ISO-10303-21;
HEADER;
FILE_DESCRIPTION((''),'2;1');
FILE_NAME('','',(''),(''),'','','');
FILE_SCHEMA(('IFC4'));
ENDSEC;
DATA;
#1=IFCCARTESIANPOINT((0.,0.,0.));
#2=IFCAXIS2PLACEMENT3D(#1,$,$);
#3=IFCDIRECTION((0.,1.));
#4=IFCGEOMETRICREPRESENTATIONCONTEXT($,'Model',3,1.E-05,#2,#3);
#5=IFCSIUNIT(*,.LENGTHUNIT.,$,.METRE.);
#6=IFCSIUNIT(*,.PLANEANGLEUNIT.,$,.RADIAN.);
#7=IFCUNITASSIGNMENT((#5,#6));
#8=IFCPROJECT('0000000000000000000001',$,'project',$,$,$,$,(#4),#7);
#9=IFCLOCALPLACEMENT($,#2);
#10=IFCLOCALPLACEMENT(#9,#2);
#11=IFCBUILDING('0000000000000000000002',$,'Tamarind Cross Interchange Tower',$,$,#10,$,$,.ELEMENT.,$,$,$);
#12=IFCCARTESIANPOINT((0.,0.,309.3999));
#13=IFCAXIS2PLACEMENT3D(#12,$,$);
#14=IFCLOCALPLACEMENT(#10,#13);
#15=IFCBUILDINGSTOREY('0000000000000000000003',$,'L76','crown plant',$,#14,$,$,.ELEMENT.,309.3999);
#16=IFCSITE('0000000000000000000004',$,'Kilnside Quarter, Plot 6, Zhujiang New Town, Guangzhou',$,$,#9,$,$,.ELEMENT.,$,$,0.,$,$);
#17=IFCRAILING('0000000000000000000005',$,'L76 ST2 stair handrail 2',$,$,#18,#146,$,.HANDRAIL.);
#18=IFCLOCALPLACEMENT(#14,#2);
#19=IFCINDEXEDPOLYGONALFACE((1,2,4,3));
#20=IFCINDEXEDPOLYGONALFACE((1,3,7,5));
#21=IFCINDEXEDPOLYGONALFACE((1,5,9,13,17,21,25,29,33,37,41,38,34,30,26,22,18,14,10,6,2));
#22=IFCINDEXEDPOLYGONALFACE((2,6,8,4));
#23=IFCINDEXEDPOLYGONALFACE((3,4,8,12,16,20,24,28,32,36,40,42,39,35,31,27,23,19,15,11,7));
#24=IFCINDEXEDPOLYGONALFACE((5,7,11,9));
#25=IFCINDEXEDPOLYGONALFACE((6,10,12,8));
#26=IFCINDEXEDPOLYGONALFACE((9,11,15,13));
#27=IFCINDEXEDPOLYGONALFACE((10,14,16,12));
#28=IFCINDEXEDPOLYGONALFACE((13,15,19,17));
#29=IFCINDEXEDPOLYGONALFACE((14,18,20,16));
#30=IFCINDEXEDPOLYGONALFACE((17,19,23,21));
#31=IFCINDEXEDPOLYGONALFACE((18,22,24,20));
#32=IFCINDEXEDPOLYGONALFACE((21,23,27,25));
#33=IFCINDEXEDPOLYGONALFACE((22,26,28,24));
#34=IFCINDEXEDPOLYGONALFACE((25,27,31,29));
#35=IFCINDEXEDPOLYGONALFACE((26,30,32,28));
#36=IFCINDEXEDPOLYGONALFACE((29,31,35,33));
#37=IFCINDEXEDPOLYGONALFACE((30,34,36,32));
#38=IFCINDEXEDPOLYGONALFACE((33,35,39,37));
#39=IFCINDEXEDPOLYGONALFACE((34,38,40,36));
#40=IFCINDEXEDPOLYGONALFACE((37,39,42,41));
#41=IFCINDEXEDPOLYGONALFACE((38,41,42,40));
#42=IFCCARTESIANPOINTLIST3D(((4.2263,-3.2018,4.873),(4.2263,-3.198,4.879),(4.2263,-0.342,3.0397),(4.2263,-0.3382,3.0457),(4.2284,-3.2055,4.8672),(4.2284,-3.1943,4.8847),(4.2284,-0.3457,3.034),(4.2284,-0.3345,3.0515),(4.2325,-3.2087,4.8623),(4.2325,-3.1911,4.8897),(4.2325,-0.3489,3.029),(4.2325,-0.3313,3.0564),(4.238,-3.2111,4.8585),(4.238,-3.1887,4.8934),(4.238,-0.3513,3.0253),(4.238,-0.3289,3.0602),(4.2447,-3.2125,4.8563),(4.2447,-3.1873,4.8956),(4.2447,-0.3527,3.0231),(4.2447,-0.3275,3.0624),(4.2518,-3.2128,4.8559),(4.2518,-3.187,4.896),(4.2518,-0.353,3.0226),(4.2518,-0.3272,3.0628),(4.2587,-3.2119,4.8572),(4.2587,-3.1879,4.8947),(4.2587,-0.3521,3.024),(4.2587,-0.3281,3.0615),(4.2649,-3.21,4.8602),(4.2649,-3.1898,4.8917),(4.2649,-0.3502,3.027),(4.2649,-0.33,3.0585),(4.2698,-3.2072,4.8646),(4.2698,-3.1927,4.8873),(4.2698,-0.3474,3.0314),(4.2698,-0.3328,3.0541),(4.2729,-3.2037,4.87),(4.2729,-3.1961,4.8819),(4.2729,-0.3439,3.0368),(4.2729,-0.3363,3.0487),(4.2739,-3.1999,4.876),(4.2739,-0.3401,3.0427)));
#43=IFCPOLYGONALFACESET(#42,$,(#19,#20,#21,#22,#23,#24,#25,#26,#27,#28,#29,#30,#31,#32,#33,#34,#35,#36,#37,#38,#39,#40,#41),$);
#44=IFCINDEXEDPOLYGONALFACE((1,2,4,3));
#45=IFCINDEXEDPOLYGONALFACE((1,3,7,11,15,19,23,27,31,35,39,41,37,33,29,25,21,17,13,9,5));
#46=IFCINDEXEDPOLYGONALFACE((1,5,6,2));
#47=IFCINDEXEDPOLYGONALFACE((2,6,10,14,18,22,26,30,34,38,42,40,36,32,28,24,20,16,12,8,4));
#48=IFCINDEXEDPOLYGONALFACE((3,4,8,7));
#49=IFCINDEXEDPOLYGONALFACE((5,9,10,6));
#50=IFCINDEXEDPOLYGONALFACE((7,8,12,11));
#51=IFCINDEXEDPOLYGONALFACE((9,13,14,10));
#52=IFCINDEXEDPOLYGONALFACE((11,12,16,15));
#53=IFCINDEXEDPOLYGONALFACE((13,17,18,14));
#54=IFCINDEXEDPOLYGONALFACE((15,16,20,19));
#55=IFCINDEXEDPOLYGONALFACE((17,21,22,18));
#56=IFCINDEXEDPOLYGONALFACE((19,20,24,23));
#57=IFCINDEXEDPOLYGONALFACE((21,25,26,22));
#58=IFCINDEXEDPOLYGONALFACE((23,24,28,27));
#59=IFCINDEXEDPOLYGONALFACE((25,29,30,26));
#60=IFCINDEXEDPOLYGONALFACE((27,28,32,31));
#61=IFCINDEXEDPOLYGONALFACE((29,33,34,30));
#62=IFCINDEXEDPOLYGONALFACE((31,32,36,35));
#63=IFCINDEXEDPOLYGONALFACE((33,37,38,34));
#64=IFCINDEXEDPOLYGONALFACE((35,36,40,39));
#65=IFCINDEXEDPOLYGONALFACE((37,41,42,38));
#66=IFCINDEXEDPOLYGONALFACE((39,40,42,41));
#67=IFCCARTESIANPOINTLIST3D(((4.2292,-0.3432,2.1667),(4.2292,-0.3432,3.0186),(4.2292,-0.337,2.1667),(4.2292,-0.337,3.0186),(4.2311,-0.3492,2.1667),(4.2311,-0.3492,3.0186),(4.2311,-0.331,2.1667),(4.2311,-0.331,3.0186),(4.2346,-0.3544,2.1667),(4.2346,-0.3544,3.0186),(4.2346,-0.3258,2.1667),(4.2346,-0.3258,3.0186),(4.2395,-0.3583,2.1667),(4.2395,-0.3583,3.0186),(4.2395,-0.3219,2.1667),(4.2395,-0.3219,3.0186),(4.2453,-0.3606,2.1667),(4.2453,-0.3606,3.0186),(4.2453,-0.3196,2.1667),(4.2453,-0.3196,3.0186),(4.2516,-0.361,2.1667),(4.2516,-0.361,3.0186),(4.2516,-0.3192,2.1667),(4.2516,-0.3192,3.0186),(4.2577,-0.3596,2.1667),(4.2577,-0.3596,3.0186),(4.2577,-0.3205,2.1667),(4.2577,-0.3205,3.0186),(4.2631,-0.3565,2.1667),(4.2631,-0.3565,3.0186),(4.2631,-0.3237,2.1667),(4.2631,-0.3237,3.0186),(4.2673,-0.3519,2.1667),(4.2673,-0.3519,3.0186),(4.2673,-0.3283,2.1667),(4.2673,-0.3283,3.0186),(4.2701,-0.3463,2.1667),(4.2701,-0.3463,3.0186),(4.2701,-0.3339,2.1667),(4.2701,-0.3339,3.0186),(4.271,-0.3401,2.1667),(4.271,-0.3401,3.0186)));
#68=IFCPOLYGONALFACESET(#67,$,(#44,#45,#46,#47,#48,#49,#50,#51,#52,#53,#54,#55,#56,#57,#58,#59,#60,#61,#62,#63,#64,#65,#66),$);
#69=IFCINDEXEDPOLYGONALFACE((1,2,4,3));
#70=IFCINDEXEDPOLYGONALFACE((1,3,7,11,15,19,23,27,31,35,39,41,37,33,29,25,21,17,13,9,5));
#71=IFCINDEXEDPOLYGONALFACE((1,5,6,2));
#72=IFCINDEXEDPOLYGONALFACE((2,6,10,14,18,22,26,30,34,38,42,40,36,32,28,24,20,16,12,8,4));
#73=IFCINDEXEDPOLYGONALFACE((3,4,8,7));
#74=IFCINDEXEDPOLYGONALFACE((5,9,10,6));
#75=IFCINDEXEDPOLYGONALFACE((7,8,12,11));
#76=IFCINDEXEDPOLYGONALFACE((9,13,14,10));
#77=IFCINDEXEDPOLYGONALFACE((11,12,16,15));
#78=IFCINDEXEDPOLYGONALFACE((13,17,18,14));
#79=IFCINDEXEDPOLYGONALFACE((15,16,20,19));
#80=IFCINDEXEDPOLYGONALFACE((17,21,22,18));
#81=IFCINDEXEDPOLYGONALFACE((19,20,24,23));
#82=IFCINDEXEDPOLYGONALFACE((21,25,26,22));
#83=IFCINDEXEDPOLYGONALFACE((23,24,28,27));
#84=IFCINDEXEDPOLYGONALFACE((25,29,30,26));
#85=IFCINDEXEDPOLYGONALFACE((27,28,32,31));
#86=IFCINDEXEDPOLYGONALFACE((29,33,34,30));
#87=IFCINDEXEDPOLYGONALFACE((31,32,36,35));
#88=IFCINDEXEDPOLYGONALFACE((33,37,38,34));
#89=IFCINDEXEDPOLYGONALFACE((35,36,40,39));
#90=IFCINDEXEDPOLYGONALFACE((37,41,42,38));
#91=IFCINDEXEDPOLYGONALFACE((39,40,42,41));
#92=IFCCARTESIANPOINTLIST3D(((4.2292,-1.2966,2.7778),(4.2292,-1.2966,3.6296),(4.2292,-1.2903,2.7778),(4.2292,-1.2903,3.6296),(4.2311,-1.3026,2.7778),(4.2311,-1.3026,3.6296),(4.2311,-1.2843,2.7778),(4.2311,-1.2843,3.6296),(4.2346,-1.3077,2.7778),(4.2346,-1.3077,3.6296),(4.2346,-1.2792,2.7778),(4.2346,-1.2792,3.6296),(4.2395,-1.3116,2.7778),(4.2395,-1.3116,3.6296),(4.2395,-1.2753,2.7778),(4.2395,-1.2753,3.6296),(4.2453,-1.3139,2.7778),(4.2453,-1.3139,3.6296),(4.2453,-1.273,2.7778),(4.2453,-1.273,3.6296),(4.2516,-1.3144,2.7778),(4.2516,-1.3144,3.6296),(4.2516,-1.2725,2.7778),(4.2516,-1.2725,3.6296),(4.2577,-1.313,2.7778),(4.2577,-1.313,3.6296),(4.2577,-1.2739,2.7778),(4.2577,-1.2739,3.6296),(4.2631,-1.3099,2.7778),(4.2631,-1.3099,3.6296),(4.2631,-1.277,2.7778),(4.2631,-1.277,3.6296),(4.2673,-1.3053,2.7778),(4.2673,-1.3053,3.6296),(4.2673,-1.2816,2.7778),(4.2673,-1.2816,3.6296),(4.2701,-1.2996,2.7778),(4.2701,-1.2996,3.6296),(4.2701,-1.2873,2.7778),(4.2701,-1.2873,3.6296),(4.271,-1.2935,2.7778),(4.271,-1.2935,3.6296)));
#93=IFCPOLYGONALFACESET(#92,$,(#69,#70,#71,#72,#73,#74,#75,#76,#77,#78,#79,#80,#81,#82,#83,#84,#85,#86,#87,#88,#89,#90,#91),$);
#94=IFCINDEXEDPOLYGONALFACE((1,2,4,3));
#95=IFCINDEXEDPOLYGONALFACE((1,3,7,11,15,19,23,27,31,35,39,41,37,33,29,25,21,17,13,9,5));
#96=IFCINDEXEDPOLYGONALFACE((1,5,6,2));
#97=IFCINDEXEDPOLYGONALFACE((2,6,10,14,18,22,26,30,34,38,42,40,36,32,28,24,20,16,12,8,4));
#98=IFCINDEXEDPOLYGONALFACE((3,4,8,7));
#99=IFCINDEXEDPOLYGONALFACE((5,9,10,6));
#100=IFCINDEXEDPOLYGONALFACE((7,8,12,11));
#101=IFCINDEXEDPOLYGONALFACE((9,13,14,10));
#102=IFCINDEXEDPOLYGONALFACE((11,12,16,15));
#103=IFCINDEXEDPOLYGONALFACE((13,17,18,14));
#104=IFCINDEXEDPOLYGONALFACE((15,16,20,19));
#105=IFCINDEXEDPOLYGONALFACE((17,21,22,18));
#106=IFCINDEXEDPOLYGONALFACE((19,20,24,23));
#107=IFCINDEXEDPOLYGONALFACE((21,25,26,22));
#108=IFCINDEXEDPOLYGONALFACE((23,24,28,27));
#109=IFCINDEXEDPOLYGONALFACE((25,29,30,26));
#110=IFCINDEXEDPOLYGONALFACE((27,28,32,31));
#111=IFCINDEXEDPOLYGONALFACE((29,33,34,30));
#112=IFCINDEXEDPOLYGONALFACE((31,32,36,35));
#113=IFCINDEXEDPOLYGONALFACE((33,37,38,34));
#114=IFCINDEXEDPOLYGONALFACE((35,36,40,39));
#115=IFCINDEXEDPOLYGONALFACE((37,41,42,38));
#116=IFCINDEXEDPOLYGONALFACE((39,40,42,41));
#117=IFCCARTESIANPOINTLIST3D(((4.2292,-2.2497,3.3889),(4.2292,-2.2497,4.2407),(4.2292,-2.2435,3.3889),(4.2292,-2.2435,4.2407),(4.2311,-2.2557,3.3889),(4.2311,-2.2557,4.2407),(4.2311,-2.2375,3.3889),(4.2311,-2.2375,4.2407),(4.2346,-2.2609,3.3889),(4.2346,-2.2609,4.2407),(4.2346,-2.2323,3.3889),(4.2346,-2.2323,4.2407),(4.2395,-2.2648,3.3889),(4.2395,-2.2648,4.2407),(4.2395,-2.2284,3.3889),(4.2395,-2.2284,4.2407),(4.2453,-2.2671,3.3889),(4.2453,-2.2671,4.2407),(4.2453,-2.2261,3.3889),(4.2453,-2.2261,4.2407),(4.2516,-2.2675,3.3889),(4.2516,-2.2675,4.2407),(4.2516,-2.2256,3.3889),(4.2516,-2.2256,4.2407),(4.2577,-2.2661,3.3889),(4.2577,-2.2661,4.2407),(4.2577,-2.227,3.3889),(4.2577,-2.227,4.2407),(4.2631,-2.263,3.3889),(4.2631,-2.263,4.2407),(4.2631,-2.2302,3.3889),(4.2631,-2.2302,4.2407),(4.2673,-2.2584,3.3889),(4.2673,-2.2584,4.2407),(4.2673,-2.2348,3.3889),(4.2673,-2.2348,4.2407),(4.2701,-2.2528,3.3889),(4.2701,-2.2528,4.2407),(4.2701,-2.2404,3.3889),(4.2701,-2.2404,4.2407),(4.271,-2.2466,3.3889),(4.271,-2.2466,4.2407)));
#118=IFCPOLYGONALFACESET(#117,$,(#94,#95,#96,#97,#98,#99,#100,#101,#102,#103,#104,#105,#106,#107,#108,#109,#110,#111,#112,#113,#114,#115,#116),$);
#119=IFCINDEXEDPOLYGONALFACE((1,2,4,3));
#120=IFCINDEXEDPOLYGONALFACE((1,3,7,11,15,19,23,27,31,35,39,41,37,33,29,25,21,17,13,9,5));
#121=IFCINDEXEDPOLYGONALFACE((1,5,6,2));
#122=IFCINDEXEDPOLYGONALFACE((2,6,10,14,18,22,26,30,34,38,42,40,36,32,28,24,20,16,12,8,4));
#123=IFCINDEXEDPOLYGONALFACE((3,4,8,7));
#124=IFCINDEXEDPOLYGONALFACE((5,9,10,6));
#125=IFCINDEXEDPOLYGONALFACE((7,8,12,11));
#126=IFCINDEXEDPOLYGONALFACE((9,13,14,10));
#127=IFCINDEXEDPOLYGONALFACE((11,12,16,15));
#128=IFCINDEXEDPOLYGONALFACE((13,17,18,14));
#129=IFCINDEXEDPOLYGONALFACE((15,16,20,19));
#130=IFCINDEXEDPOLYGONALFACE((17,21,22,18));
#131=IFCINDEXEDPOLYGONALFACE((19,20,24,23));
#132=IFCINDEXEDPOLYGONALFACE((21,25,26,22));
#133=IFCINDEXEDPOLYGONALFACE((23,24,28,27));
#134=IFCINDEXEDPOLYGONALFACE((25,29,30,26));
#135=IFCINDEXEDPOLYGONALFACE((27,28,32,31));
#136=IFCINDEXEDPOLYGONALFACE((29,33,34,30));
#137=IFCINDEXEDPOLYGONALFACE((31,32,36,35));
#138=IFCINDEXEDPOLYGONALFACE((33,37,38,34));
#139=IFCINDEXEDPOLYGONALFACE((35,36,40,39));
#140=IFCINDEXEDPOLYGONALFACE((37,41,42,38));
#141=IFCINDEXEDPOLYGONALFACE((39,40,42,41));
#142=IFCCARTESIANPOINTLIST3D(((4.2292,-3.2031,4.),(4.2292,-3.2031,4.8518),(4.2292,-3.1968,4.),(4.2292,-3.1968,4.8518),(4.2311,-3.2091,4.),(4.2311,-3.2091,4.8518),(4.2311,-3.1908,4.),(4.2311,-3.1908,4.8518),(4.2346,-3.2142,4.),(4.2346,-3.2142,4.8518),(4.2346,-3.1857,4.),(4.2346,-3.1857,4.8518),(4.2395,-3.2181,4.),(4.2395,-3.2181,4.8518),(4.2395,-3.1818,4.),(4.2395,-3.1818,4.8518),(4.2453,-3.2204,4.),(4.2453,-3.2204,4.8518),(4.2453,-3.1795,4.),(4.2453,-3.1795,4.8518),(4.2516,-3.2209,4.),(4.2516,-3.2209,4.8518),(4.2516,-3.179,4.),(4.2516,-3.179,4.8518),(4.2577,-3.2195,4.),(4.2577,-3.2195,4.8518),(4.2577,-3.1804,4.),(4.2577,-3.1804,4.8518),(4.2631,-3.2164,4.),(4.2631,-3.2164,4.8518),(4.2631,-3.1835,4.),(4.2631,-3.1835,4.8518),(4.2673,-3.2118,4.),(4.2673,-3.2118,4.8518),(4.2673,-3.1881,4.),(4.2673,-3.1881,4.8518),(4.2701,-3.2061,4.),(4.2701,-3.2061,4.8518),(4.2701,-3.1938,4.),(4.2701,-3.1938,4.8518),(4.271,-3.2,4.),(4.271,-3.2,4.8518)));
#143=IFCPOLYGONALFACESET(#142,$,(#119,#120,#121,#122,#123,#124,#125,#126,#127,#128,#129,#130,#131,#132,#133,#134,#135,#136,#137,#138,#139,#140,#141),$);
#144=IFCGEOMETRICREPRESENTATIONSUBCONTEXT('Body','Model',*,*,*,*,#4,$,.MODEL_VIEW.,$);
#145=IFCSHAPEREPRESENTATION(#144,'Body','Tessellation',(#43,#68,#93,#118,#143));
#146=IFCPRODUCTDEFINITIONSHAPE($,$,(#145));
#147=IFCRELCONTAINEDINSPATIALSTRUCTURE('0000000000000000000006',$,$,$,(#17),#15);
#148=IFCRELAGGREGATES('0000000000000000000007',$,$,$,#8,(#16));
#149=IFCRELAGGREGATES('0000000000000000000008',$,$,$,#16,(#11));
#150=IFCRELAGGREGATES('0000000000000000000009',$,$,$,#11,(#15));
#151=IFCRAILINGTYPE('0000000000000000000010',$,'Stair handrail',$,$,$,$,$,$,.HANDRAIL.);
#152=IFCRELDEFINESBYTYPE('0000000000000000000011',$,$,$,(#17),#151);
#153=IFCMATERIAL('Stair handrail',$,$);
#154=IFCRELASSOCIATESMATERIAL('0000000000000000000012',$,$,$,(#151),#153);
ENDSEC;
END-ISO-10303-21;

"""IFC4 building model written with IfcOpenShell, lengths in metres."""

from ifc_helpers import new_model, si_unit, direction, frame, origin, origin_2d, place, context, subcontext, project, spatial, circle, extrude, material, type_object, element, save


model = new_model("IFC4")

# Units and contexts
model_context = context("Model", 3, precision=1e-05, world=origin(), true_north=direction((0.0, 1.0)))
body_context = subcontext(model_context, "Body", "Model", "MODEL_VIEW")
ifc_project = project(units=[si_unit("LENGTHUNIT", "METRE"), si_unit("PLANEANGLEUNIT", "RADIAN")], contexts=[model_context])

# Site, building, storey
site_placement = place(None, origin())
site = spatial("IfcSite", under=ifc_project, at=site_placement, Name="Kilnside Quarter, Plot 6, Zhujiang New Town, Guangzhou", CompositionType="ELEMENT", RefElevation=0.0)
building_placement = place(site_placement, origin())
building = spatial("IfcBuilding", under=site, at=building_placement, Name="Tamarind Cross Interchange Tower", CompositionType="ELEMENT")
storey_placement = place(building_placement, frame((0.0, 0.0, 309.3999)))
storey = spatial("IfcBuildingStorey", under=building, at=storey_placement, Name="L76", Description="crown plant", CompositionType="ELEMENT", Elevation=309.3999)

# Railing
ifc_material_1 = material(Name="Stair handrail")
railing_type_1 = type_object("IfcRailingType", Name="Stair handrail", PredefinedType="HANDRAIL", material=ifc_material_1)
railing_1_placement = place(storey_placement, frame((4.25, -0.3401, 2.1667)))
element("IfcRailing", 1, at=railing_1_placement, inside=storey, type_object=railing_type_1, Name="L76 ST2 stair handrail 2", PredefinedType="HANDRAIL", context=body_context, shape_type="SweptSolid", body=[
    extrude(circle(Radius=0.0239, at=origin_2d()), frame((0.0, 0.0, 0.876), z_axis=(0.0, -0.841878, 0.539667), x_axis=(1.0, 0.0, 0.0)), (0.0, 0.0, 1.0), 3.397),
    extrude(circle(Radius=0.021, at=origin_2d()), origin(), (0.0, 0.0, 1.0), 0.8518),
    extrude(circle(Radius=0.021, at=origin_2d()), frame((0.0, -0.9534, 0.6111)), (0.0, 0.0, 1.0), 0.8518),
    extrude(circle(Radius=0.021, at=origin_2d()), frame((0.0, -1.9065, 1.2222)), (0.0, 0.0, 1.0), 0.8518),
    extrude(circle(Radius=0.021, at=origin_2d()), frame((0.0, -2.8599, 1.8333)), (0.0, 0.0, 1.0), 0.8518),
])

save(model, "model.ifc")
